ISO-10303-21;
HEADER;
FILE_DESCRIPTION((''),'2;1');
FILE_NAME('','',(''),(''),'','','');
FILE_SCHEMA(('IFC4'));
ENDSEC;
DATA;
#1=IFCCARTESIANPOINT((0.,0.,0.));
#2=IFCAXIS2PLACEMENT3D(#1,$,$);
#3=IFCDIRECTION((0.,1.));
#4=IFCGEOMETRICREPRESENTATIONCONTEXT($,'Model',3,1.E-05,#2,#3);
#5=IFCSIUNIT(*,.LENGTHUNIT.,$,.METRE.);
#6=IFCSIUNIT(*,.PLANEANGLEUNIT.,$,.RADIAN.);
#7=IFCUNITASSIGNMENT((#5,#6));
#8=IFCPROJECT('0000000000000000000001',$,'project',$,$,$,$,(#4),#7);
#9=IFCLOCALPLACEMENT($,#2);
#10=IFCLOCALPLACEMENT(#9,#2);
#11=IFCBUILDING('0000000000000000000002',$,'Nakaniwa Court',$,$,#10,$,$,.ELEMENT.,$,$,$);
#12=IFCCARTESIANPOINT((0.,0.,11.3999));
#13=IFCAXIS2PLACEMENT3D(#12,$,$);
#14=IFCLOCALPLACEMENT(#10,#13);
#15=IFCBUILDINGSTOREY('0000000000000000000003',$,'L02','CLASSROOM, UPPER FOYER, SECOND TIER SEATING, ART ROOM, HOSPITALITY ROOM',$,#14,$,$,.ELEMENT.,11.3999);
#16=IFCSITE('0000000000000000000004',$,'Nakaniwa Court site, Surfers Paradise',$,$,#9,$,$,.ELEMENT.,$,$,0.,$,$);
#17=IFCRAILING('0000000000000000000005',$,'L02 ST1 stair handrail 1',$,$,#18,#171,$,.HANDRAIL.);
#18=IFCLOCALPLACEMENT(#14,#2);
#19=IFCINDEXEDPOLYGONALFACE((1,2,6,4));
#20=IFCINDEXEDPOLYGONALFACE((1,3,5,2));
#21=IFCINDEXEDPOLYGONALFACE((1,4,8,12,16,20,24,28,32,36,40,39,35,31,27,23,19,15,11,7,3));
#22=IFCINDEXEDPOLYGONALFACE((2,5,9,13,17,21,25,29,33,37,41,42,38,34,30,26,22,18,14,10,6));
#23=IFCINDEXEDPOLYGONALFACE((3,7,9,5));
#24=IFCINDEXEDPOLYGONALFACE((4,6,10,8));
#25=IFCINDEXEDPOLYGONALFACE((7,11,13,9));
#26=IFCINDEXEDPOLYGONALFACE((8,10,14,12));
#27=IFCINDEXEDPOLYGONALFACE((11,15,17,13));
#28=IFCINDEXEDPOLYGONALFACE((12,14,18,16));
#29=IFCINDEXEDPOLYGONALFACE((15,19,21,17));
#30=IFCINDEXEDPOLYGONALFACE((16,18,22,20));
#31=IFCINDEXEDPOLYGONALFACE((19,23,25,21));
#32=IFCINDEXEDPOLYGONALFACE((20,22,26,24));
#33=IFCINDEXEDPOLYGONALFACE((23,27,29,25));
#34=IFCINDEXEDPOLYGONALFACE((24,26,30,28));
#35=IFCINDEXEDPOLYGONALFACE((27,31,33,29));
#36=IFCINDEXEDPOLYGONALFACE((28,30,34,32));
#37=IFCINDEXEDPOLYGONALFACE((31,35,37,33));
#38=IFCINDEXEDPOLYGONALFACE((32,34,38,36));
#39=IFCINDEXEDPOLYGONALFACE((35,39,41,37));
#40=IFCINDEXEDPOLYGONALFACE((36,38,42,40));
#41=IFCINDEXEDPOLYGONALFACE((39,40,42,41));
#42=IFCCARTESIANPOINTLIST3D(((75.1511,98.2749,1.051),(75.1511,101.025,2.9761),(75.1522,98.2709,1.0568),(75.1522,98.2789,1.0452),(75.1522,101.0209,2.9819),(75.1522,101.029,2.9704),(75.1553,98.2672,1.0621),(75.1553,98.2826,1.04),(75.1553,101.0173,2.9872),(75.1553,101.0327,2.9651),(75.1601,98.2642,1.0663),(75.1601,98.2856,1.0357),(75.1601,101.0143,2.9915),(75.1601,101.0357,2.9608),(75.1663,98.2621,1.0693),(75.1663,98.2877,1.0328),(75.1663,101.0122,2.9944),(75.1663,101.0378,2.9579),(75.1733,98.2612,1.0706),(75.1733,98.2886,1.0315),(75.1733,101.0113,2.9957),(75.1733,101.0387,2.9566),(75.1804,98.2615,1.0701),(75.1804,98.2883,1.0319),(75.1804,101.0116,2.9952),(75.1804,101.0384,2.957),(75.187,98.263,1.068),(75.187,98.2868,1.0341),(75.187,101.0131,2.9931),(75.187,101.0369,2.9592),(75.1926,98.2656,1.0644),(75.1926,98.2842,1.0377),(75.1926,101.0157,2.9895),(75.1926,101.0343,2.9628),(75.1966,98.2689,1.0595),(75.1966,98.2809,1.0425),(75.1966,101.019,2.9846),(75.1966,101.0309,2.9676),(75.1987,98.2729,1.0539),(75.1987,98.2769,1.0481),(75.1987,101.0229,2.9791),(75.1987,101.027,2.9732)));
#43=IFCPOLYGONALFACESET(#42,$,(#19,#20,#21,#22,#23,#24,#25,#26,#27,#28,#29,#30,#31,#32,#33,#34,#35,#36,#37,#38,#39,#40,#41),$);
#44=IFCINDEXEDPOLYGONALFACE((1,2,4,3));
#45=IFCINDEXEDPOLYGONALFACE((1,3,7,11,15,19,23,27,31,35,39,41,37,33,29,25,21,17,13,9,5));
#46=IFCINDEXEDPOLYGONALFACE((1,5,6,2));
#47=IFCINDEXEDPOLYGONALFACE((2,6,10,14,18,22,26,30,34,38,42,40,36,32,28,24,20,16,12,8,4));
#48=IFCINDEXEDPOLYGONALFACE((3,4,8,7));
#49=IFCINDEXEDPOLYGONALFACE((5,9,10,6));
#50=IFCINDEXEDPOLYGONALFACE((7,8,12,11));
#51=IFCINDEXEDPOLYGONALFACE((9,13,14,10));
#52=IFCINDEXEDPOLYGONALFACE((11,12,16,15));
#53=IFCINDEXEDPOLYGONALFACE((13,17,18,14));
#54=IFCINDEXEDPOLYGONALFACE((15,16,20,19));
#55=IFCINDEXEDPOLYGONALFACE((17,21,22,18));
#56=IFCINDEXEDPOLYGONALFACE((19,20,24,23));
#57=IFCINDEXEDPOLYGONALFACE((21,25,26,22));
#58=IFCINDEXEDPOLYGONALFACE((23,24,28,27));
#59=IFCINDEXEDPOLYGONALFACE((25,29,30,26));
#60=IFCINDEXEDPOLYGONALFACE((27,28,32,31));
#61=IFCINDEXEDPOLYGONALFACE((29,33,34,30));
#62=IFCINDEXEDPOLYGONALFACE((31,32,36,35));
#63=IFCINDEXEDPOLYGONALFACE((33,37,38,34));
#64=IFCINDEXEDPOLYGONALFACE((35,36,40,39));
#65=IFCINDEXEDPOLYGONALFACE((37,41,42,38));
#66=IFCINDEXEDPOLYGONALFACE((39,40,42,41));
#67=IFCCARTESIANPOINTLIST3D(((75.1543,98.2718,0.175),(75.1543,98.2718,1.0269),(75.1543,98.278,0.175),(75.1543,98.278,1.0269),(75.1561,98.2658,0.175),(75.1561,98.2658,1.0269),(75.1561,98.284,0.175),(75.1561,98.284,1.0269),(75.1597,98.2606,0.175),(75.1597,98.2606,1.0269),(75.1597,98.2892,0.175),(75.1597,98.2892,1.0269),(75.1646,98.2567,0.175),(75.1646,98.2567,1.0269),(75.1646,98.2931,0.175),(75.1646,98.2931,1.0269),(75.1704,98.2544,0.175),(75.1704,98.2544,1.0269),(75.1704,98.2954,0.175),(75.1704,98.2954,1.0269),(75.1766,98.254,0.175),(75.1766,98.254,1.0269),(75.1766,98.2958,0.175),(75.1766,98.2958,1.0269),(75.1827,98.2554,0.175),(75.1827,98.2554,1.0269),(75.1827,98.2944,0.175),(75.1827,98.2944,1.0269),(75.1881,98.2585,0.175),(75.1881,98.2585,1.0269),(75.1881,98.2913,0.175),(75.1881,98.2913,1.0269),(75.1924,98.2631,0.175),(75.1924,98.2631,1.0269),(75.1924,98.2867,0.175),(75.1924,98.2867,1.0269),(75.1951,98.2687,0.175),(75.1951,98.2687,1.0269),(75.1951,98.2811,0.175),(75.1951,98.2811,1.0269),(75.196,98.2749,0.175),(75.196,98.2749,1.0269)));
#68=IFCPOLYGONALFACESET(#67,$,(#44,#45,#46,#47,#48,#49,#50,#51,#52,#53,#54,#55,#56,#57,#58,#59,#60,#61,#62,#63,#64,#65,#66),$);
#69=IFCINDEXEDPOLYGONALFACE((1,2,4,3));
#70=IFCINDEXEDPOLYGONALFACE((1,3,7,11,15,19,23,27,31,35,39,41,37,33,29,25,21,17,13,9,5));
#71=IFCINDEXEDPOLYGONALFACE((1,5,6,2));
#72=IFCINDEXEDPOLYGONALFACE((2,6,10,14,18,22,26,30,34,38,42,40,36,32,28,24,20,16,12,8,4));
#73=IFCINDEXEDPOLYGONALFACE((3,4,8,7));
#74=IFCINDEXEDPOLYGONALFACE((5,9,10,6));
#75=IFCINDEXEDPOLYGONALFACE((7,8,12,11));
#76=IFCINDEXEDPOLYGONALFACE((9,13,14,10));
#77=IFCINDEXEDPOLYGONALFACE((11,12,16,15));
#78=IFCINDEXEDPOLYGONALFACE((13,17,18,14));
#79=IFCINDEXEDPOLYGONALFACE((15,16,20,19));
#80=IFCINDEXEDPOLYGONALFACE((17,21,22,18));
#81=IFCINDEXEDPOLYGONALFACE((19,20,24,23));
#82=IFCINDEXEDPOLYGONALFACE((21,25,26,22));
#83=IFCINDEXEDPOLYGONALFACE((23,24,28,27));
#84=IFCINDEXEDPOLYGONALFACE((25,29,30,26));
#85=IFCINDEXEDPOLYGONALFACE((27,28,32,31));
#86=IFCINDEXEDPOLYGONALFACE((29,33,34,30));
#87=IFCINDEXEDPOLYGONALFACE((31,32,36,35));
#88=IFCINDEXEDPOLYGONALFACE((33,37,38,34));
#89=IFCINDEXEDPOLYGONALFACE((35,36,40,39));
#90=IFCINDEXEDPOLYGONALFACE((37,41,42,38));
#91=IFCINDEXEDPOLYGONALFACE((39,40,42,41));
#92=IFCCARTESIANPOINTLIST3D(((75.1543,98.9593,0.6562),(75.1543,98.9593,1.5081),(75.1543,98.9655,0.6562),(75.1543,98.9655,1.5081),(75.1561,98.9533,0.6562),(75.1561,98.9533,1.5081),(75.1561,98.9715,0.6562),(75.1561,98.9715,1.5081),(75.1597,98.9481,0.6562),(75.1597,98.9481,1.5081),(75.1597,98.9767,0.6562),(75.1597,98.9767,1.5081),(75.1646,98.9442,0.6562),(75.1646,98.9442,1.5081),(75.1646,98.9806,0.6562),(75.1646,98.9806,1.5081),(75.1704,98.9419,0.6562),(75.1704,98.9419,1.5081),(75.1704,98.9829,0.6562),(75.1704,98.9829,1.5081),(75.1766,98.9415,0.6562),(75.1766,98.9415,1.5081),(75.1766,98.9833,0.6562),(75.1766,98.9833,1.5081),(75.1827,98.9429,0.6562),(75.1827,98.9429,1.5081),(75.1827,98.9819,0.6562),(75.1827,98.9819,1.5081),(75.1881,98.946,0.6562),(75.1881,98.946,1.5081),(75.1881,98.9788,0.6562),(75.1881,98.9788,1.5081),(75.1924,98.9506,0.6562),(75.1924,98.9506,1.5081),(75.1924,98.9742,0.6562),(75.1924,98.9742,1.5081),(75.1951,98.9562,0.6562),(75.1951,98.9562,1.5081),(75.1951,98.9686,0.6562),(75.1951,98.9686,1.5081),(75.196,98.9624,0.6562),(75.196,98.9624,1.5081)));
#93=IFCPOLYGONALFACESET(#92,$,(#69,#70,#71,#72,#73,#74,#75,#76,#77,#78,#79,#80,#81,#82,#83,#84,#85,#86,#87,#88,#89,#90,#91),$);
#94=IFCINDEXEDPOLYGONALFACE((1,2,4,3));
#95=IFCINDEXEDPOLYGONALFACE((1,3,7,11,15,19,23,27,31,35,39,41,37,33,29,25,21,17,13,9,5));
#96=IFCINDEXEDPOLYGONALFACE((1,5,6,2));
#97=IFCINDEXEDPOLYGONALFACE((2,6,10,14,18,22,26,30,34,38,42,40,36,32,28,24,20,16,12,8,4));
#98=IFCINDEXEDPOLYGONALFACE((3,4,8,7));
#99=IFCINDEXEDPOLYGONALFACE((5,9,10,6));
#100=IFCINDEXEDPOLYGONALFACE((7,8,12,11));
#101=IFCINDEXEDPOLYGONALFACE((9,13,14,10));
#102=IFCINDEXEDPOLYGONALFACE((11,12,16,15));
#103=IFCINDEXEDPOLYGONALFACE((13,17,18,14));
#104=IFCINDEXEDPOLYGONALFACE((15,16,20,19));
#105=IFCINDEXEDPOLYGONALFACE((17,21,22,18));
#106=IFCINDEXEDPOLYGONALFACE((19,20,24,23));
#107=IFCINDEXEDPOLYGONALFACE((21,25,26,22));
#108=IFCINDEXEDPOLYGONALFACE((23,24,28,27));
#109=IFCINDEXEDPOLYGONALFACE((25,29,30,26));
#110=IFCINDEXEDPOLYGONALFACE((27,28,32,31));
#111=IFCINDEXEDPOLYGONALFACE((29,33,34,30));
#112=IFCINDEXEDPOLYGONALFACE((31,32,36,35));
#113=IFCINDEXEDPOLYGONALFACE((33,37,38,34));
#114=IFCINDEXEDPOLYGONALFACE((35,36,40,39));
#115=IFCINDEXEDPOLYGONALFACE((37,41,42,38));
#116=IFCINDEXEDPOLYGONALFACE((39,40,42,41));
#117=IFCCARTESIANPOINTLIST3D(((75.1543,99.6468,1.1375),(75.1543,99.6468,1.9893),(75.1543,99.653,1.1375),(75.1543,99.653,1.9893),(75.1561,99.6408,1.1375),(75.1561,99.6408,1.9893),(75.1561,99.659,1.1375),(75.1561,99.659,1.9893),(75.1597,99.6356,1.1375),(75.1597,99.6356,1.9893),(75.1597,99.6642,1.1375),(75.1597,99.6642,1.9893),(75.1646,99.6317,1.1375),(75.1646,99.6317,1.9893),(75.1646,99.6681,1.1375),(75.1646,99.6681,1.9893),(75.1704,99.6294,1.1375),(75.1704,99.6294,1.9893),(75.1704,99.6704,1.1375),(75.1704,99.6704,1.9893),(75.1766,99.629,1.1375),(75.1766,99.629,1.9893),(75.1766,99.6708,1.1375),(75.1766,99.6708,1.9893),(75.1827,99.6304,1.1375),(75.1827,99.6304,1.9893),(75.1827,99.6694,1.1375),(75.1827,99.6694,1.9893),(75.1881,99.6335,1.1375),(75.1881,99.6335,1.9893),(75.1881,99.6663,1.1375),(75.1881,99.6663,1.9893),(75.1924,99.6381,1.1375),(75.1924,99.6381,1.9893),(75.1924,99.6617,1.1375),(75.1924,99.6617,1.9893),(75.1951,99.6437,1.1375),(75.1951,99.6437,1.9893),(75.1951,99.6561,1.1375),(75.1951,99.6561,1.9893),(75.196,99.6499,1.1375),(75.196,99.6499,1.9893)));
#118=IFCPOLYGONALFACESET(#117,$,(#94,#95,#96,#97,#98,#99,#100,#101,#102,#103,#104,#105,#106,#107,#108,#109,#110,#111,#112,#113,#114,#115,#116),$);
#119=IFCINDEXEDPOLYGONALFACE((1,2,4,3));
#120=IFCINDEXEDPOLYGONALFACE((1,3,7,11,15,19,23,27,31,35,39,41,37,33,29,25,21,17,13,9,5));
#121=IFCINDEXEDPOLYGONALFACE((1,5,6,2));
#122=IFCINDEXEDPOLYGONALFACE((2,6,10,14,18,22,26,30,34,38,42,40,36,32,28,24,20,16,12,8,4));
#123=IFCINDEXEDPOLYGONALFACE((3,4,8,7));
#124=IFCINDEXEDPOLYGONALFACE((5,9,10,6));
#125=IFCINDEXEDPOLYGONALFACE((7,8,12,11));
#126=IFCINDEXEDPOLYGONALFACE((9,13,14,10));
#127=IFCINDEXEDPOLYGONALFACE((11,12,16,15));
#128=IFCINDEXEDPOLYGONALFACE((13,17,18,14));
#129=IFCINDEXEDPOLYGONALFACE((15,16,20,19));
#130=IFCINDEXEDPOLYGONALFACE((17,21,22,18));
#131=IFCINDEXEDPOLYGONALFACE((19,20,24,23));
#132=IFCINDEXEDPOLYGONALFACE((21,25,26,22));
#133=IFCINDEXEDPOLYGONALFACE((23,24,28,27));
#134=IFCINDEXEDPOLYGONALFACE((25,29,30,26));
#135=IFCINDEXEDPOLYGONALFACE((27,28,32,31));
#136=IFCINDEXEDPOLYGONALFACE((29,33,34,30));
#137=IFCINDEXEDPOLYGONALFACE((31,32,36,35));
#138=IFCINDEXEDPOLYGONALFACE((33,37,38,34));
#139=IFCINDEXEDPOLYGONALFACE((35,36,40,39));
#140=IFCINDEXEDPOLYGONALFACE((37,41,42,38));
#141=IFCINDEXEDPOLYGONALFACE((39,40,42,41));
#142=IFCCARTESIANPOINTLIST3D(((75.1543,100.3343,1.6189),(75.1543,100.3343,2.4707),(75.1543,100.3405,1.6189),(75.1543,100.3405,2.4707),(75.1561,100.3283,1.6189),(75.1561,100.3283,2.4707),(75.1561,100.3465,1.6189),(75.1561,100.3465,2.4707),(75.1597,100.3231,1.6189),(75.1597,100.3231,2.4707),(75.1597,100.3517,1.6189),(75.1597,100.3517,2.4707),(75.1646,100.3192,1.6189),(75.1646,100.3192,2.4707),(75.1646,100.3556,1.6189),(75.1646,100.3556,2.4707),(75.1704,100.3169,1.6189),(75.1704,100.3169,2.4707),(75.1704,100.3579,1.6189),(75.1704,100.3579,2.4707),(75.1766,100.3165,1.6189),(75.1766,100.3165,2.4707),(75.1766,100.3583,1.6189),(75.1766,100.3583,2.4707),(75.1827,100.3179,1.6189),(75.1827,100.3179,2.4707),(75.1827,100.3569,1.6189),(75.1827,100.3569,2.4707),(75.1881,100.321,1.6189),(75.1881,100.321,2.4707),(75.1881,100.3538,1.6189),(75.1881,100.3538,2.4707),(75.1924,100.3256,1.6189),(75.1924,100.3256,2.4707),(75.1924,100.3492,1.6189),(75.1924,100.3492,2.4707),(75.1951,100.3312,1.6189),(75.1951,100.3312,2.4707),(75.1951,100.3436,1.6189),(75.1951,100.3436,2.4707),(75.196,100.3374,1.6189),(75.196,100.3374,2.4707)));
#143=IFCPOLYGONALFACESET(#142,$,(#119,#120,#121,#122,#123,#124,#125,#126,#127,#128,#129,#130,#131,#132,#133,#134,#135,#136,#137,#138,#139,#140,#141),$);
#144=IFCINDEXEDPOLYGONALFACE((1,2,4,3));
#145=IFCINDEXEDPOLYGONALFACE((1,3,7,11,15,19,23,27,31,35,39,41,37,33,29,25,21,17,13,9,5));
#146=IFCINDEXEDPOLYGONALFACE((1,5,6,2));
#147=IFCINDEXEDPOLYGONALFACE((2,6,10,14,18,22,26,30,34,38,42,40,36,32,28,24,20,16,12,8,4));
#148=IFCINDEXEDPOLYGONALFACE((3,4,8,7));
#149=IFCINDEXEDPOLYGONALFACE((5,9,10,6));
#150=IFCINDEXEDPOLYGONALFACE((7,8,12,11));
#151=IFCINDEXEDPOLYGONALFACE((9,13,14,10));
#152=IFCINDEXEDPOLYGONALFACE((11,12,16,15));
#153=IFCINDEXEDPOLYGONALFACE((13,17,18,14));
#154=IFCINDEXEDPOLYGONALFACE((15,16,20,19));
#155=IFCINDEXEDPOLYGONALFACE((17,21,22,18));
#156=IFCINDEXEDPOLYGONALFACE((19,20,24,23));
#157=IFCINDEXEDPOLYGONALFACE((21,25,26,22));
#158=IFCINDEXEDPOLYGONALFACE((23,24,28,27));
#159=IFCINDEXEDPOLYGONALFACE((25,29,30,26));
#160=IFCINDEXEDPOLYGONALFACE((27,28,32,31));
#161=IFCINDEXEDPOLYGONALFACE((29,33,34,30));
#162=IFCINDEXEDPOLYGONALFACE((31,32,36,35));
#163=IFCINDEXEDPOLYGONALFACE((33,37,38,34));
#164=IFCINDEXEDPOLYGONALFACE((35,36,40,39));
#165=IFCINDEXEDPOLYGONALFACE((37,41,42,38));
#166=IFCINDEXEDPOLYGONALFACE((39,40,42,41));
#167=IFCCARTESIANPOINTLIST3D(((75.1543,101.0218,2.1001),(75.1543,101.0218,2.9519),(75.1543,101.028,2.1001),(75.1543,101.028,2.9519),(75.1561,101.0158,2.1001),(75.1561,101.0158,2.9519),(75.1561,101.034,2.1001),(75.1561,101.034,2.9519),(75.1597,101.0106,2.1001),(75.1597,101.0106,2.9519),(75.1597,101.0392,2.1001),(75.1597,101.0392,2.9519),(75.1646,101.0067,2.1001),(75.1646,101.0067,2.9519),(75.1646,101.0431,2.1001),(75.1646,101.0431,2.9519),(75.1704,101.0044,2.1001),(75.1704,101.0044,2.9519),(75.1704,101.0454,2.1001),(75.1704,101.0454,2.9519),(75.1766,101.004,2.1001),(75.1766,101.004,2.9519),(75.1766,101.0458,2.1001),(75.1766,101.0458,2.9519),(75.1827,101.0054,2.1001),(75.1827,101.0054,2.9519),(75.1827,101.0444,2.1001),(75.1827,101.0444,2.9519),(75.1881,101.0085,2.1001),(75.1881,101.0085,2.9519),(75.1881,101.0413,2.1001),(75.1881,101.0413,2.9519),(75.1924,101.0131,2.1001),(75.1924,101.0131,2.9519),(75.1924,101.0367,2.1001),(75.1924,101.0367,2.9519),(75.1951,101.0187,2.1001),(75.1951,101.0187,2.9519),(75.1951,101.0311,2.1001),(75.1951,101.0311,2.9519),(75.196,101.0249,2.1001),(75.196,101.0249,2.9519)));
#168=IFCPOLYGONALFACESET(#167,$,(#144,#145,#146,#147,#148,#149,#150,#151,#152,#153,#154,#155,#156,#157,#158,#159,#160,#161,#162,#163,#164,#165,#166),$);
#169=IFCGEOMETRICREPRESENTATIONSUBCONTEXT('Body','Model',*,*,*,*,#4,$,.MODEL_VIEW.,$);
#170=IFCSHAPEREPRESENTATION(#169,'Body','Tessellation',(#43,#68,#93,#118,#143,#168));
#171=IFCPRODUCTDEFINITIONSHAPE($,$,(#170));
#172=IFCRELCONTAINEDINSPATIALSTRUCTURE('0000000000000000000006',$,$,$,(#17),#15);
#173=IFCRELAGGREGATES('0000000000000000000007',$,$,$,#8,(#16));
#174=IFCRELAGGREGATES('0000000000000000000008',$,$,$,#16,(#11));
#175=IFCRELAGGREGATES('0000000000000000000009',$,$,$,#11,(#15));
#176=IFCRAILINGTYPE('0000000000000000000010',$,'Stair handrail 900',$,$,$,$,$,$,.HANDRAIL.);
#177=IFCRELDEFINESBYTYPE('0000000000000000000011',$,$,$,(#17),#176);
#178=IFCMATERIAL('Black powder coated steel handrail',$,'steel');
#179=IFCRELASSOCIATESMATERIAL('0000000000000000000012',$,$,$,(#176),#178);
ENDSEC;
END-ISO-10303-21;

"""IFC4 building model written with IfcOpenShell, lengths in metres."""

from ifc_helpers import new_model, si_unit, direction, frame, origin, origin_2d, place, context, subcontext, project, spatial, circle, extrude, material, type_object, element, save


model = new_model("IFC4")

# Units and contexts
model_context = context("Model", 3, precision=1e-05, world=origin(), true_north=direction((0.0, 1.0)))
body_context = subcontext(model_context, "Body", "Model", "MODEL_VIEW")
ifc_project = project(units=[si_unit("LENGTHUNIT", "METRE"), si_unit("PLANEANGLEUNIT", "RADIAN")], contexts=[model_context])

# Site, building, storey
site_placement = place(None, origin())
site = spatial("IfcSite", under=ifc_project, at=site_placement, Name="Nakaniwa Court site, Surfers Paradise", CompositionType="ELEMENT", RefElevation=0.0)
building_placement = place(site_placement, origin())
building = spatial("IfcBuilding", under=site, at=building_placement, Name="Nakaniwa Court", CompositionType="ELEMENT")
storey_placement = place(building_placement, frame((0.0, 0.0, 11.3999)))
storey = spatial("IfcBuildingStorey", under=building, at=storey_placement, Name="L02", Description="CLASSROOM, UPPER FOYER, SECOND TIER SEATING, ART ROOM, HOSPITALITY ROOM", CompositionType="ELEMENT", Elevation=11.3999)

# Railing
ifc_material_1 = material(Name="Black powder coated steel handrail", Category="steel")
railing_type_1 = type_object("IfcRailingType", Name="Stair handrail 900", PredefinedType="HANDRAIL", material=ifc_material_1)
for number, where, name in (
    (1, (75.175, 98.2749, 0.175), "L02 ST1 stair handrail 1"),
):
    element("IfcRailing", number, at=place(storey_placement, frame(where)), inside=storey, type_object=railing_type_1, Name=name, PredefinedType="HANDRAIL", context=body_context, shape_type="SweptSolid", body=[
        extrude(circle(Radius=0.0239, at=origin_2d()), frame((0.0, 0.0, 0.876), z_axis=(0.0, 0.819225, 0.573472), x_axis=(-1.0, 0.0, 0.0)), (0.0, 0.0, 1.0), 3.3569),
        extrude(circle(Radius=0.021, at=origin_2d()), origin(), (0.0, 0.0, 1.0), 0.8518),
        extrude(circle(Radius=0.021, at=origin_2d()), frame((0.0, 0.6875, 0.4812)), (0.0, 0.0, 1.0), 0.8518),
        extrude(circle(Radius=0.021, at=origin_2d()), frame((0.0, 1.375, 0.9624)), (0.0, 0.0, 1.0), 0.8518),
        extrude(circle(Radius=0.021, at=origin_2d()), frame((0.0, 2.0625, 1.4438)), (0.0, 0.0, 1.0), 0.8518),
        extrude(circle(Radius=0.021, at=origin_2d()), frame((0.0, 2.75, 1.925)), (0.0, 0.0, 1.0), 0.8518),
    ])

save(model, "model.ifc")
